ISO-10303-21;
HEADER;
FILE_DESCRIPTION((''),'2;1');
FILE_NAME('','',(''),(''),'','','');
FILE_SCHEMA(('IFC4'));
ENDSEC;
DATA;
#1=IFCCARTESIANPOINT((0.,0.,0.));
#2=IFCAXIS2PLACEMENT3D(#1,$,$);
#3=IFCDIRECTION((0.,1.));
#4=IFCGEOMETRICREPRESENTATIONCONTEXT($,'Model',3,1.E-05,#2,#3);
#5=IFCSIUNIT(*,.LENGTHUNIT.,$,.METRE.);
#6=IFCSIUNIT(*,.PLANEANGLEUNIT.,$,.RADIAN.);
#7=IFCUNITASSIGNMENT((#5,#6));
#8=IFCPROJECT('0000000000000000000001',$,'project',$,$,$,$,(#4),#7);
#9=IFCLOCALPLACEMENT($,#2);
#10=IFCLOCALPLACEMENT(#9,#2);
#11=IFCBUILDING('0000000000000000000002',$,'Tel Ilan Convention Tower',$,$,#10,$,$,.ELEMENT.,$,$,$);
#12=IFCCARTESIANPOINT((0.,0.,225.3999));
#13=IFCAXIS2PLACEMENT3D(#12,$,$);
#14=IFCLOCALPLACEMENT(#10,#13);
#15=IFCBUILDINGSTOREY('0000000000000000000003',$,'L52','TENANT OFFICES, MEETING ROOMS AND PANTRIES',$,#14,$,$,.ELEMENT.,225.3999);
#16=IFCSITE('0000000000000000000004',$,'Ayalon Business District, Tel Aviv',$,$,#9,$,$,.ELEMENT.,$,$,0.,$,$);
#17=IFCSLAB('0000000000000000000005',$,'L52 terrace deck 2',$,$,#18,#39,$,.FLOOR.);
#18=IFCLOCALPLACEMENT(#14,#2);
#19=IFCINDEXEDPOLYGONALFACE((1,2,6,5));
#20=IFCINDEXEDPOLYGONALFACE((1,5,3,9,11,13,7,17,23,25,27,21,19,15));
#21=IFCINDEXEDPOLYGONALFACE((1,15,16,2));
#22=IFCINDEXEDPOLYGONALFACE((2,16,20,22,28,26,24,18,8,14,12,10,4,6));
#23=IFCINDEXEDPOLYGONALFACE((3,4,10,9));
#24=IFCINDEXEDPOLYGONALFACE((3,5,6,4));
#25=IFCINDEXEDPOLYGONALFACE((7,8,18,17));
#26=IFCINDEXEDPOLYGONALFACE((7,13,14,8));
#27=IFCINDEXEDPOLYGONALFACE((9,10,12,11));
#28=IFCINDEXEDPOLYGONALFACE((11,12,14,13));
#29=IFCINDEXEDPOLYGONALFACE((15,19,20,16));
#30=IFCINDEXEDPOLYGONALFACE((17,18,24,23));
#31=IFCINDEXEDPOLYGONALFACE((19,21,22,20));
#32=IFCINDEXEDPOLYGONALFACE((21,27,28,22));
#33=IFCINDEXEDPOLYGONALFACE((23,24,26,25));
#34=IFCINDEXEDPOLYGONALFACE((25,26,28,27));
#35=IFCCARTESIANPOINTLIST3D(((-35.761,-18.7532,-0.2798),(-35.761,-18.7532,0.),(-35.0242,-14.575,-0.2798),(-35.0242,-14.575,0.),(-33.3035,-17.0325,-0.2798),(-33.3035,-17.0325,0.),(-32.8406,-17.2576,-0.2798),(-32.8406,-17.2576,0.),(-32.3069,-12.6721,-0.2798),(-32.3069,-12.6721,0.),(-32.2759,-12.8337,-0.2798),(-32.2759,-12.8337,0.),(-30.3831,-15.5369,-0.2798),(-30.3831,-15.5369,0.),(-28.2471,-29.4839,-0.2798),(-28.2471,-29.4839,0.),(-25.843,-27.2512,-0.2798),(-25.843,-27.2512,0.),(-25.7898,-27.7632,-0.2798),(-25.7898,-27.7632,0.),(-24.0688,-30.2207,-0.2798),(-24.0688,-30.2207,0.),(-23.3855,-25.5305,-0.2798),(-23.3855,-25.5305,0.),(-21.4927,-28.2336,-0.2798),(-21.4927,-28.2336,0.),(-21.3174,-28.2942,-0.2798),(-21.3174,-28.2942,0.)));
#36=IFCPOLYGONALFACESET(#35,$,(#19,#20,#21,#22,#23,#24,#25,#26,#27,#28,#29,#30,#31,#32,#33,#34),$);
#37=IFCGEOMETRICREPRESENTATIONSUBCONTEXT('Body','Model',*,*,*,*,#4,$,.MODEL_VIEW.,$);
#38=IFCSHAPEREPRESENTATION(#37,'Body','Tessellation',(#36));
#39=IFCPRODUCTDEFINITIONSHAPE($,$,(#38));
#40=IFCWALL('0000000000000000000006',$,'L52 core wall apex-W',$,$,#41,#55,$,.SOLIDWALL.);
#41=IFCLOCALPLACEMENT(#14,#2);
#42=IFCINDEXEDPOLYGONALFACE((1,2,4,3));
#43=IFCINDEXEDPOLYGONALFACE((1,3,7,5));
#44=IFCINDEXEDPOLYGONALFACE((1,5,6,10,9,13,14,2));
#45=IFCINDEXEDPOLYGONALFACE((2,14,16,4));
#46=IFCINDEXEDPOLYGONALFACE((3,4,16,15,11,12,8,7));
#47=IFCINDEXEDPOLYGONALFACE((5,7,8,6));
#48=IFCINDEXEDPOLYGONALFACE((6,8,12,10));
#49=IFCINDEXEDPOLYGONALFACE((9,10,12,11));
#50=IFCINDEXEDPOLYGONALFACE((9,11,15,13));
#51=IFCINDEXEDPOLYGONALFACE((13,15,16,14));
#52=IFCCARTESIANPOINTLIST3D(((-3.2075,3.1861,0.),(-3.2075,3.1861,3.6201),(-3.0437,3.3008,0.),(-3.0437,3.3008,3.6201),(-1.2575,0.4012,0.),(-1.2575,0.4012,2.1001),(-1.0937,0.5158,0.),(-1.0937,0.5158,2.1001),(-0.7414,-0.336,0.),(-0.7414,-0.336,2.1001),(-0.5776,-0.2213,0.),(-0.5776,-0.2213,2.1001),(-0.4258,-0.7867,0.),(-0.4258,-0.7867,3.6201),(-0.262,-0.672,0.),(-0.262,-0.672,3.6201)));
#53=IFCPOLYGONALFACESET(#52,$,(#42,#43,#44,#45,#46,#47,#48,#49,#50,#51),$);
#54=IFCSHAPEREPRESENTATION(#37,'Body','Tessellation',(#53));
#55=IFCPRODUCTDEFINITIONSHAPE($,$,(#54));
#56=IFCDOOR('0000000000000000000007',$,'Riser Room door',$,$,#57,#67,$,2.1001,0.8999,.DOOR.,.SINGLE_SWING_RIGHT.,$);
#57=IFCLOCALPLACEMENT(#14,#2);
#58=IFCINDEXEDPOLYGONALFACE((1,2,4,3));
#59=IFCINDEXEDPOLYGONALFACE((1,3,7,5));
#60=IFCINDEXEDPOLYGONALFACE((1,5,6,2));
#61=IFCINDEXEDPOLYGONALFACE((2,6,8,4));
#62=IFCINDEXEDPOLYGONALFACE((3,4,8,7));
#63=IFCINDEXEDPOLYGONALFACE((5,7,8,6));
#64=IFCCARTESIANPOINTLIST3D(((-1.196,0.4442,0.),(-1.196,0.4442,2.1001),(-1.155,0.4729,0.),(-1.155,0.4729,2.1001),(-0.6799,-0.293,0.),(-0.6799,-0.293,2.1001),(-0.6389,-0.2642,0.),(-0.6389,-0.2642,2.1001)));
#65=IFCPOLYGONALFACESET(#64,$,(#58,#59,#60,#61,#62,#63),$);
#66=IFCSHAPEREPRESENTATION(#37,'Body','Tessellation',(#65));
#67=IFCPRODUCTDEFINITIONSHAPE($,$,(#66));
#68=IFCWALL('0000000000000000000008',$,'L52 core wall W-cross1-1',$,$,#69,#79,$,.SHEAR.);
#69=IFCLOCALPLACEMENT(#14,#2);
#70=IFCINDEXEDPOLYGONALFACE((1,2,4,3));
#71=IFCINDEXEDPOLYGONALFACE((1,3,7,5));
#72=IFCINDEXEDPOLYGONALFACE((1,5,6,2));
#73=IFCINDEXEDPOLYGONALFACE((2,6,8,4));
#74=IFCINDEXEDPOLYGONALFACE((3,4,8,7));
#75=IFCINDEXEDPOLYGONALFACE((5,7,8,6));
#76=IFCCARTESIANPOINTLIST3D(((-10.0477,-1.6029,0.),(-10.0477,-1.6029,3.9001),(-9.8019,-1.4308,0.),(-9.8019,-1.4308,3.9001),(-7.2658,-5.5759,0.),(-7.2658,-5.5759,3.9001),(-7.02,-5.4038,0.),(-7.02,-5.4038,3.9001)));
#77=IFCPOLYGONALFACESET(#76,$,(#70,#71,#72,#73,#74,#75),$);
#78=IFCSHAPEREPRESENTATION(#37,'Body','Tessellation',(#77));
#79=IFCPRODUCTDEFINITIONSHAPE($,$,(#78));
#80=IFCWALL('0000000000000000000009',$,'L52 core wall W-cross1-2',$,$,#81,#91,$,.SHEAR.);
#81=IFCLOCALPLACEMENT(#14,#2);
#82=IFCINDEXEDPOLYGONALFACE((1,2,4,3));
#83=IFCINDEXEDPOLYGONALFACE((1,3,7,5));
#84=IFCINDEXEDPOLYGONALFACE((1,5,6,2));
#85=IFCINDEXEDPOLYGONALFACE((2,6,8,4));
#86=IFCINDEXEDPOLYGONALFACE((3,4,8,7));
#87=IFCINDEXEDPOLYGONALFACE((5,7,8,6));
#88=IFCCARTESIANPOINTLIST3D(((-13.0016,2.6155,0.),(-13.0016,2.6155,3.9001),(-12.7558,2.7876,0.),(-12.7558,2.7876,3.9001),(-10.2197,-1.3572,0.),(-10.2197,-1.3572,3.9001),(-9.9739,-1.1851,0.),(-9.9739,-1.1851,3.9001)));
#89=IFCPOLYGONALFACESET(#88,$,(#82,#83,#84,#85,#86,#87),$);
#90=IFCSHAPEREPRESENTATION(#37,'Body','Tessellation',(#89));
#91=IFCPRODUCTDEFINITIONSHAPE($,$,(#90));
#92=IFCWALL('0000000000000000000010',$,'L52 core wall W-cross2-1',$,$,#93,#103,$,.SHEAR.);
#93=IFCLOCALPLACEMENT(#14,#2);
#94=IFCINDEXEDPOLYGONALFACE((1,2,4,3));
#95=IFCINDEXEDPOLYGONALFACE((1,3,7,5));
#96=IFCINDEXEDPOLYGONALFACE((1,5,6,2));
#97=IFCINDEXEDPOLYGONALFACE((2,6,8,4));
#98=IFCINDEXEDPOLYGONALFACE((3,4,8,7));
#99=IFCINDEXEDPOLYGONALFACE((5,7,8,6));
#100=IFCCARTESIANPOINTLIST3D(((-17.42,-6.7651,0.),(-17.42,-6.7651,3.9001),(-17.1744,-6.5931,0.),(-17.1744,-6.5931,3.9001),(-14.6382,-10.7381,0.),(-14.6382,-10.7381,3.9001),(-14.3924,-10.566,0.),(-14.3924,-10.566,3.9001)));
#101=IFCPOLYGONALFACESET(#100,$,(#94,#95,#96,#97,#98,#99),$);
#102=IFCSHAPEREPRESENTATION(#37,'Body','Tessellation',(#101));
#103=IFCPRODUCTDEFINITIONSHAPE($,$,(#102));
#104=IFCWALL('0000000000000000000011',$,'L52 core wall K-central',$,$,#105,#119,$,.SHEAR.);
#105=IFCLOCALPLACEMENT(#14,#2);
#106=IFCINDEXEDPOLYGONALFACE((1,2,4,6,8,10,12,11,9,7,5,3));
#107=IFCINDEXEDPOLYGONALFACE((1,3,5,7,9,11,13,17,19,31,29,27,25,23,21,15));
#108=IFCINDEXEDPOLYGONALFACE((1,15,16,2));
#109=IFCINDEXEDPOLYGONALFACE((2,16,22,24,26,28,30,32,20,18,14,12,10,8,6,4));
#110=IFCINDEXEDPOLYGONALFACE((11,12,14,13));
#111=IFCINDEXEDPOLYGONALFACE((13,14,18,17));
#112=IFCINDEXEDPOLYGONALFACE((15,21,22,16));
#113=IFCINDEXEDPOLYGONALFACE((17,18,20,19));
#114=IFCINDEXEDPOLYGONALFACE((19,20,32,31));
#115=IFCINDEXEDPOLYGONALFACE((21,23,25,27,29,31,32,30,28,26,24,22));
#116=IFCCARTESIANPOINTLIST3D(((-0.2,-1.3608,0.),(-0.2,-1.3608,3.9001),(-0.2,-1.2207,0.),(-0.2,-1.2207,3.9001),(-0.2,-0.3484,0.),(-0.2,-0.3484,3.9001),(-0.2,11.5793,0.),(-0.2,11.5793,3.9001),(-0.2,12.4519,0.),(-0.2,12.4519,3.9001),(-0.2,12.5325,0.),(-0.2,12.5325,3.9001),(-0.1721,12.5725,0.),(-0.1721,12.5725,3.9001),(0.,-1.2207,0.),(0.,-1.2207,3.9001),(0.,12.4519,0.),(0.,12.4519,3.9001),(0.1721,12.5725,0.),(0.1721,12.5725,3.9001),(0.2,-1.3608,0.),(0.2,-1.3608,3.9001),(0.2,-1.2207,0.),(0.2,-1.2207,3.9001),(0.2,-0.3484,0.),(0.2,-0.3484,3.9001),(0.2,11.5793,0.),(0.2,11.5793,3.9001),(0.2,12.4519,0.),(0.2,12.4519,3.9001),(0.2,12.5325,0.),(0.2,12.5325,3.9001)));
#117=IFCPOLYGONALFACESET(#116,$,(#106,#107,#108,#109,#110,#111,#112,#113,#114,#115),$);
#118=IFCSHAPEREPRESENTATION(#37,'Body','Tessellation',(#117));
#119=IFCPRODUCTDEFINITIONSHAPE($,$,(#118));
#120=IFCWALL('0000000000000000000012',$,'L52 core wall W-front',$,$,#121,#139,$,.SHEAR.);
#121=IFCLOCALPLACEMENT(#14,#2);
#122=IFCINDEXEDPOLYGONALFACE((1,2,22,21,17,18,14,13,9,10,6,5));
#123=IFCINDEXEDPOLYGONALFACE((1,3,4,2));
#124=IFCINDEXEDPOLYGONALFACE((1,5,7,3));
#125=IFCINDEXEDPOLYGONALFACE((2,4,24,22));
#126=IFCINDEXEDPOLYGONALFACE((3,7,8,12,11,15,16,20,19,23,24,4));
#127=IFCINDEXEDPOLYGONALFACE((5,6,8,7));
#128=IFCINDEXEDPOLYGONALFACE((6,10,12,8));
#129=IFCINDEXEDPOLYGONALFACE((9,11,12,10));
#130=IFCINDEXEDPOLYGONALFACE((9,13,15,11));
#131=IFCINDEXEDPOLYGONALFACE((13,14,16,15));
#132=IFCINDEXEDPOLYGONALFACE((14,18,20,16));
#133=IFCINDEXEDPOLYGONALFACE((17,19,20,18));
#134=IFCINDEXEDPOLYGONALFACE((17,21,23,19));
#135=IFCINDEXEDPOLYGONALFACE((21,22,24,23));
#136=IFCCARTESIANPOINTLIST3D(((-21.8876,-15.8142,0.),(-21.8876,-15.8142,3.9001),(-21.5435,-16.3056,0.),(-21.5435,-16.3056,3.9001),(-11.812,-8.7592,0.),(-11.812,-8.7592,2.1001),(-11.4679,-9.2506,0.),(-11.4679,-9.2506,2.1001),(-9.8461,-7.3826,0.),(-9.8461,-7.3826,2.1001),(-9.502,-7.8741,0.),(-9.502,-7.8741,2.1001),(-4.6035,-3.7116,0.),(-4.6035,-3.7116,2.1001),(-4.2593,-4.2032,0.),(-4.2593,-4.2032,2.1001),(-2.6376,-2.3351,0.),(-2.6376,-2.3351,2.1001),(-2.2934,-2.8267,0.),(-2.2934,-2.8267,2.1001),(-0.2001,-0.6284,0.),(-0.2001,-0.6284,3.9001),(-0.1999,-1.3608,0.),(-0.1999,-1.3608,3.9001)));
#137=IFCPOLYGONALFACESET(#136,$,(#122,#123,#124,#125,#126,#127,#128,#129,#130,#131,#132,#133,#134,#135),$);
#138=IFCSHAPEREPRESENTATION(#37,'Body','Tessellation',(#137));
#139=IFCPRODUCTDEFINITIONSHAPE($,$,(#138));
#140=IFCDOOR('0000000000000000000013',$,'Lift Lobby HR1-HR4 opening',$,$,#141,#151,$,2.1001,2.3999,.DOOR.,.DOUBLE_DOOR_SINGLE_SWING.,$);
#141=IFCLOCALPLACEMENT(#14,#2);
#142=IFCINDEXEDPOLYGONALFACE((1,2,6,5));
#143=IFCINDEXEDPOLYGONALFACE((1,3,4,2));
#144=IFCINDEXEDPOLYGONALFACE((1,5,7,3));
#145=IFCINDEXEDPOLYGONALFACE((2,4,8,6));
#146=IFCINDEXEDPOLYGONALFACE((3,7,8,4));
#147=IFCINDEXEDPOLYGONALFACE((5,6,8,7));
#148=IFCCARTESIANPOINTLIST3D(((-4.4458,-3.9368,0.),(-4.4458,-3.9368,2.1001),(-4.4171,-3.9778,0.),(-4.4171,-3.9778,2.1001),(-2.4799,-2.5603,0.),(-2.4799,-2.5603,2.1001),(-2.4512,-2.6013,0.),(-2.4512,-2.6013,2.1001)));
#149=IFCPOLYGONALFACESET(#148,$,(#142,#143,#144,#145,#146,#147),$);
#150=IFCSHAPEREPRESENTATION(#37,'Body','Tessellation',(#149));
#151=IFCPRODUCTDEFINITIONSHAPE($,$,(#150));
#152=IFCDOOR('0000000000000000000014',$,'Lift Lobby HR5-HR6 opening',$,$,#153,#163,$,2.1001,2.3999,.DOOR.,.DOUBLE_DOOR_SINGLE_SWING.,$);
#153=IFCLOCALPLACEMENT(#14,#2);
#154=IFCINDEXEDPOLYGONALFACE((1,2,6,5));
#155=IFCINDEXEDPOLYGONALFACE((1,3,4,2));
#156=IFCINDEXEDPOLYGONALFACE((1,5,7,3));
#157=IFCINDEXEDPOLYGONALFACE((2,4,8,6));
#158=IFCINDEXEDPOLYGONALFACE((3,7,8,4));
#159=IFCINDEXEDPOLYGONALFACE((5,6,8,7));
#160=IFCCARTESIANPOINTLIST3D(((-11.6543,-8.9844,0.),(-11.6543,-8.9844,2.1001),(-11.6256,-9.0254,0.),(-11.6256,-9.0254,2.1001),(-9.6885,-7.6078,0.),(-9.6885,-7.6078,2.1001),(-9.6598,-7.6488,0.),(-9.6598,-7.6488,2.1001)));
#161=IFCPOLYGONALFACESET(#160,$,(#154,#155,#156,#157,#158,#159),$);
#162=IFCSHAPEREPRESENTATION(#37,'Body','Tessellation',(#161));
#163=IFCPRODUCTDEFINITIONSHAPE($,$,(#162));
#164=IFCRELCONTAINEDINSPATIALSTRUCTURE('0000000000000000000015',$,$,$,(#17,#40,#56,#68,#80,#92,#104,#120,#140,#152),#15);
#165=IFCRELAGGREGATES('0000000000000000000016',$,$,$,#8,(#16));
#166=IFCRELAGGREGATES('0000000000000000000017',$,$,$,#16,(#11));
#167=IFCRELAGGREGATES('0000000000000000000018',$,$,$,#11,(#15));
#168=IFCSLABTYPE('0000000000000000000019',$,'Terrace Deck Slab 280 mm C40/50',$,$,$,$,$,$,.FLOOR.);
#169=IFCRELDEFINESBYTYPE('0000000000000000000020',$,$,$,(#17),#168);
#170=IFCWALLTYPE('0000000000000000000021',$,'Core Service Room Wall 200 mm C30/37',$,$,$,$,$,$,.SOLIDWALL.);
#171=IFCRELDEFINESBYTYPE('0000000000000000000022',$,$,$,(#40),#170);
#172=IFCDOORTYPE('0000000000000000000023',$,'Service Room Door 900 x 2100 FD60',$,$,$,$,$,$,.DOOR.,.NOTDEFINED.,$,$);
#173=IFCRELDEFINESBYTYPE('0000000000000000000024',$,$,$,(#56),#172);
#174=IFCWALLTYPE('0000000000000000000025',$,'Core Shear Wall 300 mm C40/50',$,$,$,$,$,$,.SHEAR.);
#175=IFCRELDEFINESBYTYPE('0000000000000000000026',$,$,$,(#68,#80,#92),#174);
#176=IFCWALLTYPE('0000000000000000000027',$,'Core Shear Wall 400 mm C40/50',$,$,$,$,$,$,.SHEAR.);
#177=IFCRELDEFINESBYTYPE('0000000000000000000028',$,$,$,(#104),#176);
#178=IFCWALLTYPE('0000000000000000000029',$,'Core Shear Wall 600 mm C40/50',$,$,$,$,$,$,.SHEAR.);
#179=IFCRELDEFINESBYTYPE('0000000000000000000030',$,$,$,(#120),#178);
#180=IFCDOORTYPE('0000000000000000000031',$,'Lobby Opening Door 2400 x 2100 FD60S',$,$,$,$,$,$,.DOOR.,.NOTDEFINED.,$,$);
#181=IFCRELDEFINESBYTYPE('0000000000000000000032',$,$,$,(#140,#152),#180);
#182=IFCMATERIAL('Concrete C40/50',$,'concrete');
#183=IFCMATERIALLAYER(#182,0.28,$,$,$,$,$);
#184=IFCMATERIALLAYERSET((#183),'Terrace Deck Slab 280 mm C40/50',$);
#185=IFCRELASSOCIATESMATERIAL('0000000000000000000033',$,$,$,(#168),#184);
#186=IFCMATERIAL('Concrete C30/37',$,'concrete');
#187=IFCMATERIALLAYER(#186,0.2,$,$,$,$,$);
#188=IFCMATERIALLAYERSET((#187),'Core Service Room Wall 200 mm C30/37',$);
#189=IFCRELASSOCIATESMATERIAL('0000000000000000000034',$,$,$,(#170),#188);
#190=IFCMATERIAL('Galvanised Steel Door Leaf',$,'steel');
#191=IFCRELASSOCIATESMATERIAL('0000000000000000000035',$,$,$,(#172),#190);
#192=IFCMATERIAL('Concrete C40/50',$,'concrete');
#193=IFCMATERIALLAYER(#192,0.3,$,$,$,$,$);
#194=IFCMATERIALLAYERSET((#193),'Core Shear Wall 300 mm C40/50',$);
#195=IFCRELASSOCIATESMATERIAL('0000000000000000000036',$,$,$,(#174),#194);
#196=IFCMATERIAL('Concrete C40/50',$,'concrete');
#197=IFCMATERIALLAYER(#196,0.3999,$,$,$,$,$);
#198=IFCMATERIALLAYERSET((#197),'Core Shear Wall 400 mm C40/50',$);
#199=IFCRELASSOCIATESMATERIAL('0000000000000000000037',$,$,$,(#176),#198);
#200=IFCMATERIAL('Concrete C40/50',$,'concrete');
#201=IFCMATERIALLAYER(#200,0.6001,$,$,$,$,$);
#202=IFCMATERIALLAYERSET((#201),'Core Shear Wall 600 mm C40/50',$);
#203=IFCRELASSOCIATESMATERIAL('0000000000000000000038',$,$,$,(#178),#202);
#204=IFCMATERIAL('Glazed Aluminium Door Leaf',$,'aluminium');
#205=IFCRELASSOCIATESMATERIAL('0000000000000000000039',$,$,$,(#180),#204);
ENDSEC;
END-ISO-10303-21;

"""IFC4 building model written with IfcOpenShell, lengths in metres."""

from ifc_helpers import new_model, si_unit, direction, frame, frame_2d, origin, place, context, subcontext, project, spatial, polyline, rectangle, outline, extrude, material, layer, layer_set, type_object, element, fill, save


model = new_model("IFC4")

# Units and contexts
model_context = context("Model", 3, precision=1e-05, world=origin(), true_north=direction((0.0, 1.0)))
body_context = subcontext(model_context, "Body", "Model", "MODEL_VIEW")
ifc_project = project(units=[si_unit("LENGTHUNIT", "METRE"), si_unit("PLANEANGLEUNIT", "RADIAN")], contexts=[model_context])

# Site, building, storey
site_placement = place(None, origin())
site = spatial("IfcSite", under=ifc_project, at=site_placement, Name="Ayalon Business District, Tel Aviv", CompositionType="ELEMENT", RefElevation=0.0)
building_placement = place(site_placement, origin())
building = spatial("IfcBuilding", under=site, at=building_placement, Name="Tel Ilan Convention Tower", CompositionType="ELEMENT")
storey_placement = place(building_placement, frame((0.0, 0.0, 225.3999)))
storey = spatial("IfcBuildingStorey", under=building, at=storey_placement, Name="L52", Description="TENANT OFFICES, MEETING ROOMS AND PANTRIES", CompositionType="ELEMENT", Elevation=225.3999)

# Slab
ifc_material_1 = material(Name="Concrete C40/50", Category="concrete")
ifc_layer_1 = layer(ifc_material_1, 0.28)
ifc_layer_set_1 = layer_set([ifc_layer_1], Name="Terrace Deck Slab 280 mm C40/50")
slab_type_1 = type_object("IfcSlabType", Name="Terrace Deck Slab 280 mm C40/50", PredefinedType="FLOOR", material=ifc_layer_set_1)
slab_1_placement = place(storey_placement, frame((0.0, 0.0, -0.2798)))
element("IfcSlab", 1, at=slab_1_placement, inside=storey, type_object=slab_type_1, Name="L52 terrace deck 2", PredefinedType="FLOOR", context=body_context, shape_type="SweptSolid", body=[
    extrude(outline(polyline([(-35.761, -18.7532), (-33.3035, -17.0325), (-35.0242, -14.575), (-32.3069, -12.6721), (-32.2759, -12.8337), (-30.3831, -15.5369), (-32.8406, -17.2576), (-25.843, -27.2512), (-23.3855, -25.5305), (-21.4927, -28.2336), (-21.3174, -28.2942), (-24.0688, -30.2207), (-25.7898, -27.7632), (-28.2471, -29.4839), (-35.761, -18.7532)])), origin(), (0.0, 0.0, 1.0), 0.2798),
])

# Wall, opening, door
ifc_material_2 = material(Name="Concrete C30/37", Category="concrete")
ifc_layer_2 = layer(ifc_material_2, 0.2)
ifc_layer_set_2 = layer_set([ifc_layer_2], Name="Core Service Room Wall 200 mm C30/37")
wall_type_1 = type_object("IfcWallType", Name="Core Service Room Wall 200 mm C30/37", PredefinedType="SOLIDWALL", material=ifc_layer_set_2)
wall_1_placement = place(storey_placement, frame((-0.344, -0.7292, 0.0), z_axis=(0.0, 0.0, 1.0), x_axis=(-0.57356, 0.819163, 0.0)))
wall_1 = element("IfcWall", 2, at=wall_1_placement, inside=storey, type_object=wall_type_1, Name="L52 core wall apex-W", PredefinedType="SOLIDWALL", context=body_context, shape_type="SweptSolid", body=[
    extrude(rectangle(XDim=4.8499, YDim=0.2, at=frame_2d((2.4248, 0.0))), origin(), (0.0, 0.0, 1.0), 3.6201),
])
opening_1_placement = place(wall_1_placement, frame((0.55, 0.0, 0.0)))
opening_1 = element("IfcOpeningElement", 3, at=opening_1_placement, cuts=wall_1, PredefinedType="OPENING", context=body_context, shape_type="SweptSolid", body=[
    extrude(rectangle(XDim=0.8999, YDim=2.1001, at=frame_2d((0.45, 1.05))), frame((0.0, 0.1099, 0.0), z_axis=(0.0, -1.0, 0.0), x_axis=(1.0, 0.0, 0.0)), (0.0, 0.0, 1.0), 0.22),
])
ifc_material_3 = material(Name="Galvanised Steel Door Leaf", Category="steel")
door_type_1 = type_object("IfcDoorType", Name="Service Room Door 900 x 2100 FD60", OperationType="NOTDEFINED", PredefinedType="DOOR", material=ifc_material_3)
door_1_placement = place(opening_1_placement, origin())
door_1 = element("IfcDoor", 4, at=door_1_placement, inside=storey, type_object=door_type_1, Name="Riser Room door", OperationType="SINGLE_SWING_RIGHT", OverallHeight=2.1001, OverallWidth=0.8999, PredefinedType="DOOR", context=body_context, shape_type="SweptSolid", body=[
    extrude(rectangle(XDim=0.8999, YDim=2.1001, at=frame_2d((0.45, 1.05))), frame((0.0, 0.0249, 0.0), z_axis=(0.0, -1.0, 0.0), x_axis=(1.0, 0.0, 0.0)), (0.0, 0.0, 1.0), 0.05),
])
fill(opening_1, door_1)

# Walls
ifc_material_4 = material(Name="Concrete C40/50", Category="concrete")
ifc_layer_3 = layer(ifc_material_4, 0.3)
ifc_layer_set_3 = layer_set([ifc_layer_3], Name="Core Shear Wall 300 mm C40/50")
wall_type_2 = type_object("IfcWallType", Name="Core Shear Wall 300 mm C40/50", PredefinedType="SHEAR", material=ifc_layer_set_3)
wall_2_placement = place(storey_placement, frame((-7.1428, -5.4897, 0.0), z_axis=(0.0, 0.0, 1.0), x_axis=(-0.573618, 0.819123, 0.0)))
element("IfcWall", 5, at=wall_2_placement, inside=storey, type_object=wall_type_2, Name="L52 core wall W-cross1-1", PredefinedType="SHEAR", context=body_context, shape_type="SweptSolid", body=[
    extrude(outline(polyline([(4.8501, 0.1499), (0.0, 0.1501), (0.0, -0.1499), (4.8501, -0.1501), (4.8501, 0.1499)])), origin(), (0.0, 0.0, 1.0), 3.9001),
])
wall_3_placement = place(storey_placement, frame((-10.0969, -1.2712, 0.0), z_axis=(0.0, 0.0, 1.0), x_axis=(-0.57356, 0.819163, 0.0)))
element("IfcWall", 6, at=wall_3_placement, inside=storey, type_object=wall_type_2, Name="L52 core wall W-cross1-2", PredefinedType="SHEAR", context=body_context, shape_type="SweptSolid", body=[
    extrude(outline(polyline([(4.8499, -0.1499), (4.8499, 0.1501), (0.0, 0.1499), (0.0, -0.1501), (4.8499, -0.1499)])), origin(), (0.0, 0.0, 1.0), 3.9001),
])
wall_4_placement = place(storey_placement, frame((-14.5154, -10.6521, 0.0), z_axis=(0.0, 0.0, 1.0), x_axis=(-0.57356, 0.819163, 0.0)))
element("IfcWall", 7, at=wall_4_placement, inside=storey, type_object=wall_type_2, Name="L52 core wall W-cross2-1", PredefinedType="SHEAR", context=body_context, shape_type="SweptSolid", body=[
    extrude(outline(polyline([(4.8501, 0.1499), (0.0, 0.1499), (0.0, -0.1501), (4.8501, -0.1499), (4.8501, 0.1499)])), origin(), (0.0, 0.0, 1.0), 3.9001),
])
ifc_material_5 = material(Name="Concrete C40/50", Category="concrete")
ifc_layer_4 = layer(ifc_material_5, 0.3999)
ifc_layer_set_4 = layer_set([ifc_layer_4], Name="Core Shear Wall 400 mm C40/50")
wall_type_3 = type_object("IfcWallType", Name="Core Shear Wall 400 mm C40/50", PredefinedType="SHEAR", material=ifc_layer_set_4)
wall_5_placement = place(storey_placement, frame((0.0, -1.3608, 0.0), z_axis=(0.0, 0.0, 1.0), x_axis=(0.0, 1.0, 0.0)))
element("IfcWall", 8, at=wall_5_placement, inside=storey, type_object=wall_type_3, Name="L52 core wall K-central", PredefinedType="SHEAR", context=body_context, shape_type="SweptSolid", body=[
    extrude(outline(polyline([(0.1401, 0.2), (0.0, 0.2), (0.1401, 0.0), (0.0, -0.2), (0.1401, -0.2), (1.0125, -0.2), (12.9402, -0.2), (13.8127, -0.2), (13.8933, -0.2), (13.9333, -0.1721), (13.8127, 0.0), (13.9333, 0.1721), (13.8933, 0.2), (13.8127, 0.2), (12.9402, 0.2), (1.0125, 0.2), (0.1401, 0.2)])), origin(), (0.0, 0.0, 1.0), 3.9001),
])

# Wall, openings, doors
ifc_material_6 = material(Name="Concrete C40/50", Category="concrete")
ifc_layer_5 = layer(ifc_material_6, 0.6001)
ifc_layer_set_5 = layer_set([ifc_layer_5], Name="Core Shear Wall 600 mm C40/50")
wall_type_4 = type_object("IfcWallType", Name="Core Shear Wall 600 mm C40/50", PredefinedType="SHEAR", material=ifc_layer_set_5)
wall_6_placement = place(storey_placement, frame((-0.0278, -0.874, 0.0), z_axis=(0.0, 0.0, 1.0), x_axis=(-0.81915, -0.573579, 0.0)))
wall_6 = element("IfcWall", 9, at=wall_6_placement, inside=storey, type_object=wall_type_4, Name="L52 core wall W-front", PredefinedType="SHEAR", context=body_context, shape_type="SweptSolid", body=[
    extrude(outline(polyline([(26.4758, 0.2998), (0.4202, 0.3), (0.0002, -0.3), (26.4758, -0.3), (26.4758, 0.2998)])), origin(), (0.0, 0.0, 1.0), 3.9001),
])
opening_2_placement = place(wall_6_placement, frame((2.9758, 0.0, 0.0)))
opening_2 = element("IfcOpeningElement", 10, at=opening_2_placement, cuts=wall_6, PredefinedType="OPENING", context=body_context, shape_type="SweptSolid", body=[
    extrude(rectangle(XDim=2.3999, YDim=2.1001, at=frame_2d((1.2, 1.05))), frame((0.0, 0.3101, 0.0), z_axis=(0.0, -1.0, 0.0), x_axis=(1.0, 0.0, 0.0)), (0.0, 0.0, 1.0), 0.6201),
])
opening_3_placement = place(wall_6_placement, frame((11.7759, 0.0, 0.0)))
opening_3 = element("IfcOpeningElement", 11, at=opening_3_placement, cuts=wall_6, PredefinedType="OPENING", context=body_context, shape_type="SweptSolid", body=[
    extrude(rectangle(XDim=2.3999, YDim=2.1001, at=frame_2d((1.2, 1.05))), frame((0.0, 0.3101, 0.0), z_axis=(0.0, -1.0, 0.0), x_axis=(1.0, 0.0, 0.0)), (0.0, 0.0, 1.0), 0.6201),
])
ifc_material_7 = material(Name="Glazed Aluminium Door Leaf", Category="aluminium")
door_type_2 = type_object("IfcDoorType", Name="Lobby Opening Door 2400 x 2100 FD60S", OperationType="NOTDEFINED", PredefinedType="DOOR", material=ifc_material_7)
door_2_placement = place(opening_2_placement, origin())
door_2 = element("IfcDoor", 12, at=door_2_placement, inside=storey, type_object=door_type_2, Name="Lift Lobby HR1-HR4 opening", OperationType="DOUBLE_DOOR_SINGLE_SWING", OverallHeight=2.1001, OverallWidth=2.3999, PredefinedType="DOOR", context=body_context, shape_type="SweptSolid", body=[
    extrude(rectangle(XDim=2.3999, YDim=2.1001, at=frame_2d((1.2, 1.05))), frame((0.0, 0.0249, 0.0), z_axis=(0.0, -1.0, 0.0), x_axis=(1.0, 0.0, 0.0)), (0.0, 0.0, 1.0), 0.05),
])
fill(opening_2, door_2)
door_3_placement = place(opening_3_placement, origin())
door_3 = element("IfcDoor", 13, at=door_3_placement, inside=storey, type_object=door_type_2, Name="Lift Lobby HR5-HR6 opening", OperationType="DOUBLE_DOOR_SINGLE_SWING", OverallHeight=2.1001, OverallWidth=2.3999, PredefinedType="DOOR", context=body_context, shape_type="SweptSolid", body=[
    extrude(rectangle(XDim=2.3999, YDim=2.1001, at=frame_2d((1.2, 1.05))), frame((0.0, 0.0249, 0.0), z_axis=(0.0, -1.0, 0.0), x_axis=(1.0, 0.0, 0.0)), (0.0, 0.0, 1.0), 0.05),
])
fill(opening_3, door_3)

save(model, "model.ifc")
